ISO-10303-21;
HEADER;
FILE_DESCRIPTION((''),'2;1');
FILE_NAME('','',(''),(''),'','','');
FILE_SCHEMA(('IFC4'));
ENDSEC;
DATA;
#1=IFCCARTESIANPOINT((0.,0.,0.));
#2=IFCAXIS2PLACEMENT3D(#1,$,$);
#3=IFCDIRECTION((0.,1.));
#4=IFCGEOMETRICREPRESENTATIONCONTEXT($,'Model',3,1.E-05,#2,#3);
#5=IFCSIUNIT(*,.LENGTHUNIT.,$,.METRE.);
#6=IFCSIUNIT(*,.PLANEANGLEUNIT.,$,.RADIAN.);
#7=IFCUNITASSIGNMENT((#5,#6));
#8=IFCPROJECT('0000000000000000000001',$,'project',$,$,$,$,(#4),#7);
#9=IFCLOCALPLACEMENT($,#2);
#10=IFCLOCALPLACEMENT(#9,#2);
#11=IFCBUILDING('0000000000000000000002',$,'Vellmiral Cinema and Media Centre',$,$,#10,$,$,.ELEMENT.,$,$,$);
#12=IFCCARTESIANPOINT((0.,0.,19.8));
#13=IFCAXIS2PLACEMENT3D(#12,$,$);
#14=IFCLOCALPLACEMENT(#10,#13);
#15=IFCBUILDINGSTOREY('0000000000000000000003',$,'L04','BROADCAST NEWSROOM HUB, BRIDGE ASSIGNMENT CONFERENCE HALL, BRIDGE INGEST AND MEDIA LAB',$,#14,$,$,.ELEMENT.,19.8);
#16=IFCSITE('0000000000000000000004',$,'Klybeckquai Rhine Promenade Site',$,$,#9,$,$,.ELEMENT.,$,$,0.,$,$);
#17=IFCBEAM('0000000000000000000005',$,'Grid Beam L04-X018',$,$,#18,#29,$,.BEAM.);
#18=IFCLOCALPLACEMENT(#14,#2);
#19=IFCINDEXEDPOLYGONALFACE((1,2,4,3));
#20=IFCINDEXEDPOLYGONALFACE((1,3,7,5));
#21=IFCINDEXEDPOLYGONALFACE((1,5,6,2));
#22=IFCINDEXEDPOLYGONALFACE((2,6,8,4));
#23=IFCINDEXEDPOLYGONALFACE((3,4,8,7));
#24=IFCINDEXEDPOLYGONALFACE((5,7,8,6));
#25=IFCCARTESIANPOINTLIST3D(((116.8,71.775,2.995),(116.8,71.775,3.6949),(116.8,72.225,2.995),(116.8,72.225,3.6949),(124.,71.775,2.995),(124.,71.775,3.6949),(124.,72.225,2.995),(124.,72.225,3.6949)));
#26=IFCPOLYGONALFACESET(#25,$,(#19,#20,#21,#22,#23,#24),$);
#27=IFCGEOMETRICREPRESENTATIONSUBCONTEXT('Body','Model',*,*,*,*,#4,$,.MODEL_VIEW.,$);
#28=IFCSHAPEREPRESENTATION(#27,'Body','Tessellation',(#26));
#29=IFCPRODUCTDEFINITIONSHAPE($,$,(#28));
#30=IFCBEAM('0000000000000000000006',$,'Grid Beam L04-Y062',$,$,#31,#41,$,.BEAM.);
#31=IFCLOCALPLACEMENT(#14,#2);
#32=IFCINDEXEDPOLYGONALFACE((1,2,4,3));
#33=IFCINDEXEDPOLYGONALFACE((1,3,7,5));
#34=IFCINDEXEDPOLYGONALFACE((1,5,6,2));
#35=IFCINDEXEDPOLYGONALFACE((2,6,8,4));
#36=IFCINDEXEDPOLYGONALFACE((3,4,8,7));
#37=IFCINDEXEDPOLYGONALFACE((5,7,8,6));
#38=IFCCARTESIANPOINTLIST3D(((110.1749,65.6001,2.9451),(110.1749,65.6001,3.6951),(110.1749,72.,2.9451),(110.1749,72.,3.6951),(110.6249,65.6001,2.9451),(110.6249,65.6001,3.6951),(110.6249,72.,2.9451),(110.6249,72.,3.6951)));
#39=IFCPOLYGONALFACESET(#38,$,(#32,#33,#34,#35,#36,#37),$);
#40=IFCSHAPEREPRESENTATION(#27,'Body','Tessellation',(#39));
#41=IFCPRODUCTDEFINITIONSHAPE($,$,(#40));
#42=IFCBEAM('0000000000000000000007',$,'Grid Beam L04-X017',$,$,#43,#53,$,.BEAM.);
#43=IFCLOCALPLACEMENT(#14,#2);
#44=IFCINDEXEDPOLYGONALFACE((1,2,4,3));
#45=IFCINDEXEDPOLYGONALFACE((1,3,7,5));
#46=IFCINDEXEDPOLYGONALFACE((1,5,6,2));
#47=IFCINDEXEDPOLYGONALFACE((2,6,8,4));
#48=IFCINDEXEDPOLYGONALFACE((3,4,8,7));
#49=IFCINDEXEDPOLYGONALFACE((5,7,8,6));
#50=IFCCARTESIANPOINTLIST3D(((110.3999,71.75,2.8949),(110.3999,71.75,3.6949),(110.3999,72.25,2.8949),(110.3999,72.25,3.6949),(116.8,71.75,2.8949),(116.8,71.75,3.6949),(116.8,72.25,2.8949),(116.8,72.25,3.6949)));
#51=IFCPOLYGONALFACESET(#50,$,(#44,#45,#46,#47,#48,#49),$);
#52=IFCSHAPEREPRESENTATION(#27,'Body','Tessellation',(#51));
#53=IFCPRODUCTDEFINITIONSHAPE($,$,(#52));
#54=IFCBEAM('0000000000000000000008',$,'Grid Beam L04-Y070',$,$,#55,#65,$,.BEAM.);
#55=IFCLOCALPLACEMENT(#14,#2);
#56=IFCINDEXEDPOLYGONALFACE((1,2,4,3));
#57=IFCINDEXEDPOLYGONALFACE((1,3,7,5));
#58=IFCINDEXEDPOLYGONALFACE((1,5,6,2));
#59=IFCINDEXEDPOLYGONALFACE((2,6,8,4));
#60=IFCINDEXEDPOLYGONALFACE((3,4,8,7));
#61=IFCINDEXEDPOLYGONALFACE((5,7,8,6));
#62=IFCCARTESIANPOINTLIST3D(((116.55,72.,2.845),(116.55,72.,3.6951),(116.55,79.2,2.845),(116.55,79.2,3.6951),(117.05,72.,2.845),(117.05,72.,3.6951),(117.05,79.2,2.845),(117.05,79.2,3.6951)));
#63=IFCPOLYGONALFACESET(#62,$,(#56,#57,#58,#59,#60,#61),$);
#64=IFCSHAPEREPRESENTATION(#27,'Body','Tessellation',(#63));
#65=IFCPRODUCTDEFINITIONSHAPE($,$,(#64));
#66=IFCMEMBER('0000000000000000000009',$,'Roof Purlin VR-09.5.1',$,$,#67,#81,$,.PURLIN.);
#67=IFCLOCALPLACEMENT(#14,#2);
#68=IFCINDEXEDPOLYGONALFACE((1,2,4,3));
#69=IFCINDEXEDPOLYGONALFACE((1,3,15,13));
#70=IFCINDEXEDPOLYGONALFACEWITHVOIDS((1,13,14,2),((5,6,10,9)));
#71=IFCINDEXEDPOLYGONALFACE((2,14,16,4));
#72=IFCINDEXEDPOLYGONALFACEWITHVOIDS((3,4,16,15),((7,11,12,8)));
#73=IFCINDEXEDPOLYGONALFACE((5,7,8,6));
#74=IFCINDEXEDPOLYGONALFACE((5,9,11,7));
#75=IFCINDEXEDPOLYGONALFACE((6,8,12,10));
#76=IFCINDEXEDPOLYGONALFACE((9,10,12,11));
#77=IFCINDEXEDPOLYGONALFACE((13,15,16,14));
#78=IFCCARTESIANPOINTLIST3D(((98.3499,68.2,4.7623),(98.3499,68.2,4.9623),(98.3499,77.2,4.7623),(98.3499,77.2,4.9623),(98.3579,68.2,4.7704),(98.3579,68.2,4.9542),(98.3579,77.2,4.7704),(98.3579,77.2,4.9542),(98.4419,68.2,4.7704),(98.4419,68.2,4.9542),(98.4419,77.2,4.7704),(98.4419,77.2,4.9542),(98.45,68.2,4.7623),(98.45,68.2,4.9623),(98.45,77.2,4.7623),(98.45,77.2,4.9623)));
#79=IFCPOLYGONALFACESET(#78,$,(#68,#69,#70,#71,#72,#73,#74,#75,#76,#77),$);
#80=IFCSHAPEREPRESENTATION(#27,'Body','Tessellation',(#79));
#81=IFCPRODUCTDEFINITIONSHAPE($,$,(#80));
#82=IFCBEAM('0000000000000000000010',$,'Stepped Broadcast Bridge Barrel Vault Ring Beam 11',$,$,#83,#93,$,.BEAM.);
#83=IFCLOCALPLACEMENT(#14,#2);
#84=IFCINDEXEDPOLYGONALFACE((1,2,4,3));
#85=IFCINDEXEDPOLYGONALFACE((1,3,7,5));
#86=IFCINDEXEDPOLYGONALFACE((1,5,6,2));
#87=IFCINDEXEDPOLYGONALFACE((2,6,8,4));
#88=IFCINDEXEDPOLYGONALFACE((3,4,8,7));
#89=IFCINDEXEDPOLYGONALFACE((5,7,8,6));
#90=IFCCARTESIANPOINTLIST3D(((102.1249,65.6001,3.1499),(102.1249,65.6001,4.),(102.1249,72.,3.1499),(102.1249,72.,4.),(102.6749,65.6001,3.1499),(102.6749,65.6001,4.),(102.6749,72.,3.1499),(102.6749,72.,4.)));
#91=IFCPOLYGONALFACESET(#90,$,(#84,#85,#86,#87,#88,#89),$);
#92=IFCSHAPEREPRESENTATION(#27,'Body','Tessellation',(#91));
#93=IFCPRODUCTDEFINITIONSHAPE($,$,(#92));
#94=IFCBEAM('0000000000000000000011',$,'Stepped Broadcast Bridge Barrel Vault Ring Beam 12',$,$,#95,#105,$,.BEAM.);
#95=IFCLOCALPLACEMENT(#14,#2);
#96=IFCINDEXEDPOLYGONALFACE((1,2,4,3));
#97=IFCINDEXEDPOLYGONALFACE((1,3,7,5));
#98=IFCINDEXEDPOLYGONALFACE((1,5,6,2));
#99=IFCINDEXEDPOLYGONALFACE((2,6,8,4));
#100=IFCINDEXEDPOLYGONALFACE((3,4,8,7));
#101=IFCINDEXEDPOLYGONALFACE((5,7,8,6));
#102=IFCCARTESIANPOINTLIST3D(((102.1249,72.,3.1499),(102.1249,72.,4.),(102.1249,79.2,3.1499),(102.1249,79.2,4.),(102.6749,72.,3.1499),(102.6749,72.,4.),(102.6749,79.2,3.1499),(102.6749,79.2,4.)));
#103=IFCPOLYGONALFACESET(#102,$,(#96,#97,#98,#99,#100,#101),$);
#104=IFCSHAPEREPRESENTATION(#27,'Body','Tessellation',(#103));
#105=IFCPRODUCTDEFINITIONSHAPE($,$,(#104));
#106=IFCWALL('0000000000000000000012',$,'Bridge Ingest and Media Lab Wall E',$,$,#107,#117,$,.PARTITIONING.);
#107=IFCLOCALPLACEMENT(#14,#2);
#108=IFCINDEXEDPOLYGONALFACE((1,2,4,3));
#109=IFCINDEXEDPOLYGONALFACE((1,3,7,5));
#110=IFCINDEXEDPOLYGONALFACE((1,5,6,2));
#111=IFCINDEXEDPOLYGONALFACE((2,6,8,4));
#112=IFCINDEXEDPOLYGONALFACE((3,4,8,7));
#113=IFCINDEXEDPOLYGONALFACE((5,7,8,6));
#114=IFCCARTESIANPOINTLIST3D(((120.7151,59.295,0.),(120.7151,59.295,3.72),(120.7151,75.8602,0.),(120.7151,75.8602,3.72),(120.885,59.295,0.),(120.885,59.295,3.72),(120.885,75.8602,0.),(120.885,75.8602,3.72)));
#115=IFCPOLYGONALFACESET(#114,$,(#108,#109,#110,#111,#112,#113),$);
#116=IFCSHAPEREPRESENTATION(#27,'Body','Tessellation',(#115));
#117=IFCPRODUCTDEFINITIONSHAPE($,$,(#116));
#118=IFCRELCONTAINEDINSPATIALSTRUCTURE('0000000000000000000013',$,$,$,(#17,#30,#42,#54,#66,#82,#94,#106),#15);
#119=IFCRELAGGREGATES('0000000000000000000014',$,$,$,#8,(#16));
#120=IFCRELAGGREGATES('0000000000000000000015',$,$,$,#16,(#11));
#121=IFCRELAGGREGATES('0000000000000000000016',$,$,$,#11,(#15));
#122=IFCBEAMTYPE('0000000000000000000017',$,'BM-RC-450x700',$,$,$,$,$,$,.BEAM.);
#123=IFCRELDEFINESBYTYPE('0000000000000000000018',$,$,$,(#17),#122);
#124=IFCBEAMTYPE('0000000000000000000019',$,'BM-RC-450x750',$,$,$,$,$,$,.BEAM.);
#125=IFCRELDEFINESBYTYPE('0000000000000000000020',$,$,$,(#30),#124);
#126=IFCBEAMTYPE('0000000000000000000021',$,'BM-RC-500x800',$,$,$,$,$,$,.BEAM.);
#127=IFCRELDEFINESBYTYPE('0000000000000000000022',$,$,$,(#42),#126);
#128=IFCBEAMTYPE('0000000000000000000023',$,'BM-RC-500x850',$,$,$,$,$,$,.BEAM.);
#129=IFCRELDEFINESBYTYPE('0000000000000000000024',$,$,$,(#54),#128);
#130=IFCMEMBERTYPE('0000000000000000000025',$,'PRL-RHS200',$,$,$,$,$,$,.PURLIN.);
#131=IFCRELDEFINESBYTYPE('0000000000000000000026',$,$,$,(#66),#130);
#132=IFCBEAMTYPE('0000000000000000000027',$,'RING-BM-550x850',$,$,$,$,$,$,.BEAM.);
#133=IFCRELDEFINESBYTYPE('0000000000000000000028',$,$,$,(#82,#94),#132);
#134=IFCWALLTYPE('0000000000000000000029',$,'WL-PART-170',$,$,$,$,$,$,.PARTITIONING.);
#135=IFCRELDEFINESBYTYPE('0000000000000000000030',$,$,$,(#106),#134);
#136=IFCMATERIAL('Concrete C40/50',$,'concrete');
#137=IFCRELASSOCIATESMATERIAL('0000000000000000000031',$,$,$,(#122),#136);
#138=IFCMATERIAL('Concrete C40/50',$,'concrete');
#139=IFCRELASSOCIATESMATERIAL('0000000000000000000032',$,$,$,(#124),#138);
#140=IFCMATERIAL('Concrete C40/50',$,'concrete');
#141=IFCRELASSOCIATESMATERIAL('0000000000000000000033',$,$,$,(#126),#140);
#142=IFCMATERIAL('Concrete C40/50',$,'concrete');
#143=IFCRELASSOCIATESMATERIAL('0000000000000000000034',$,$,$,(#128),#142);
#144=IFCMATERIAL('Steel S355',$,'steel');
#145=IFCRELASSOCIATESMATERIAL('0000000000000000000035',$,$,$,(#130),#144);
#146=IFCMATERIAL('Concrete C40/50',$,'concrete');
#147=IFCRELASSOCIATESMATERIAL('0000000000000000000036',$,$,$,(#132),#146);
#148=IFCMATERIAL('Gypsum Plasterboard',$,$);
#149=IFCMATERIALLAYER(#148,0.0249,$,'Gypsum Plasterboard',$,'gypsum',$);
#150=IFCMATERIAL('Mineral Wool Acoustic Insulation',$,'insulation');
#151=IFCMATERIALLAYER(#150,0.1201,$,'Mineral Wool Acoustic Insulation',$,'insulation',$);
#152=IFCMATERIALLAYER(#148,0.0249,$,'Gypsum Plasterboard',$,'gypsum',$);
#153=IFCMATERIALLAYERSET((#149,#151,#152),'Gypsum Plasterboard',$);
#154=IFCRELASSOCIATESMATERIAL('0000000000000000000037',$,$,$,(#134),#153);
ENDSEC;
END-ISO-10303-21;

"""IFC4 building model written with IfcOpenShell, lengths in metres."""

from ifc_helpers import new_model, si_unit, direction, frame, frame_2d, origin, origin_2d, place, context, subcontext, project, spatial, rectangle, hollow_rectangle, extrude, material, layer, layer_set, material_profile, profile_set, type_object, element, save


model = new_model("IFC4")

# Units and contexts
model_context = context("Model", 3, precision=1e-05, world=origin(), true_north=direction((0.0, 1.0)))
body_context = subcontext(model_context, "Body", "Model", "MODEL_VIEW")
ifc_project = project(units=[si_unit("LENGTHUNIT", "METRE"), si_unit("PLANEANGLEUNIT", "RADIAN")], contexts=[model_context])

# Site, building, storey
site_placement = place(None, origin())
site = spatial("IfcSite", under=ifc_project, at=site_placement, Name="Klybeckquai Rhine Promenade Site", CompositionType="ELEMENT", RefElevation=0.0)
building_placement = place(site_placement, origin())
building = spatial("IfcBuilding", under=site, at=building_placement, Name="Vellmiral Cinema and Media Centre", CompositionType="ELEMENT")
storey_placement = place(building_placement, frame((0.0, 0.0, 19.8)))
storey = spatial("IfcBuildingStorey", under=building, at=storey_placement, Name="L04", Description="BROADCAST NEWSROOM HUB, BRIDGE ASSIGNMENT CONFERENCE HALL, BRIDGE INGEST AND MEDIA LAB", CompositionType="ELEMENT", Elevation=19.8)

# Beams
ifc_material_1 = material(Name="Concrete C40/50", Category="concrete")
ifc_material_profile_1 = material_profile(ifc_material_1, rectangle(XDim=0.45, YDim=0.7, at=origin_2d()), Name="RC 450x700")
ifc_profile_set_1 = profile_set([ifc_material_profile_1], Name="Concrete C40/50")
beam_type_1 = type_object("IfcBeamType", Name="BM-RC-450x700", PredefinedType="BEAM", material=ifc_profile_set_1)
beam_1_placement = place(storey_placement, frame((116.8, 72.0, 3.345), z_axis=(1.0, 0.0, 0.0), x_axis=(0.0, 1.0, 0.0)))
element("IfcBeam", 1, at=beam_1_placement, inside=storey, type_object=beam_type_1, Name="Grid Beam L04-X018", PredefinedType="BEAM", context=body_context, shape_type="SweptSolid", body=[
    extrude(rectangle(XDim=0.45, YDim=0.7, at=origin_2d()), origin(), (0.0, 0.0, 1.0), 7.2),
])
ifc_material_2 = material(Name="Concrete C40/50", Category="concrete")
ifc_material_profile_2 = material_profile(ifc_material_2, rectangle(XDim=0.45, YDim=0.75, at=origin_2d()), Name="RC 450x750")
ifc_profile_set_2 = profile_set([ifc_material_profile_2], Name="Concrete C40/50")
beam_type_2 = type_object("IfcBeamType", Name="BM-RC-450x750", PredefinedType="BEAM", material=ifc_profile_set_2)
beam_2_placement = place(storey_placement, frame((110.3999, 65.6001, 3.3201), z_axis=(0.0, 1.0, 0.0), x_axis=(-1.0, 0.0, 0.0)))
element("IfcBeam", 2, at=beam_2_placement, inside=storey, type_object=beam_type_2, Name="Grid Beam L04-Y062", PredefinedType="BEAM", context=body_context, shape_type="SweptSolid", body=[
    extrude(rectangle(XDim=0.45, YDim=0.75, at=origin_2d()), origin(), (0.0, 0.0, 1.0), 6.3999),
])
ifc_material_3 = material(Name="Concrete C40/50", Category="concrete")
ifc_material_profile_3 = material_profile(ifc_material_3, rectangle(XDim=0.5, YDim=0.8, at=origin_2d()), Name="RC 500x800")
ifc_profile_set_3 = profile_set([ifc_material_profile_3], Name="Concrete C40/50")
beam_type_3 = type_object("IfcBeamType", Name="BM-RC-500x800", PredefinedType="BEAM", material=ifc_profile_set_3)
beam_3_placement = place(storey_placement, frame((110.3999, 72.0, 3.2949), z_axis=(1.0, 0.0, 0.0), x_axis=(0.0, 1.0, 0.0)))
element("IfcBeam", 3, at=beam_3_placement, inside=storey, type_object=beam_type_3, Name="Grid Beam L04-X017", PredefinedType="BEAM", context=body_context, shape_type="SweptSolid", body=[
    extrude(rectangle(XDim=0.5, YDim=0.8, at=origin_2d()), origin(), (0.0, 0.0, 1.0), 6.4001),
])
ifc_material_4 = material(Name="Concrete C40/50", Category="concrete")
ifc_material_profile_4 = material_profile(ifc_material_4, rectangle(XDim=0.5, YDim=0.8501, at=origin_2d()), Name="RC 500x850")
ifc_profile_set_4 = profile_set([ifc_material_profile_4], Name="Concrete C40/50")
beam_type_4 = type_object("IfcBeamType", Name="BM-RC-500x850", PredefinedType="BEAM", material=ifc_profile_set_4)
beam_4_placement = place(storey_placement, frame((116.8, 72.0, 3.27), z_axis=(0.0, 1.0, 0.0), x_axis=(-1.0, 0.0, 0.0)))
element("IfcBeam", 4, at=beam_4_placement, inside=storey, type_object=beam_type_4, Name="Grid Beam L04-Y070", PredefinedType="BEAM", context=body_context, shape_type="SweptSolid", body=[
    extrude(rectangle(XDim=0.5, YDim=0.8501, at=origin_2d()), origin(), (0.0, 0.0, 1.0), 7.2),
])

# Member
ifc_material_5 = material(Name="Steel S355", Category="steel")
ifc_material_profile_5 = material_profile(ifc_material_5, hollow_rectangle(XDim=0.1001, YDim=0.2, WallThickness=0.0081, at=origin_2d()), Name="RHS 200x100x8.0")
ifc_profile_set_5 = profile_set([ifc_material_profile_5], Name="Steel S355")
member_type = type_object("IfcMemberType", Name="PRL-RHS200", PredefinedType="PURLIN", material=ifc_profile_set_5)
member_placement = place(storey_placement, frame((98.3999, 68.2, 4.8623), z_axis=(0.0, 1.0, 0.0), x_axis=(-1.0, 0.0, 0.0)))
element("IfcMember", 5, at=member_placement, inside=storey, type_object=member_type, Name="Roof Purlin VR-09.5.1", PredefinedType="PURLIN", context=body_context, shape_type="SweptSolid", body=[
    extrude(hollow_rectangle(XDim=0.1001, YDim=0.2, WallThickness=0.0081, at=origin_2d()), origin(), (0.0, 0.0, 1.0), 9.0),
])

# Beams
ifc_material_6 = material(Name="Concrete C40/50", Category="concrete")
ifc_material_profile_6 = material_profile(ifc_material_6, rectangle(XDim=0.55, YDim=0.8501, at=origin_2d()), Name="RC 550x850")
ifc_profile_set_6 = profile_set([ifc_material_profile_6], Name="Concrete C40/50")
beam_type_5 = type_object("IfcBeamType", Name="RING-BM-550x850", PredefinedType="BEAM", material=ifc_profile_set_6)
beam_5_placement = place(storey_placement, frame((102.3999, 65.6001, 3.575), z_axis=(0.0, 1.0, 0.0), x_axis=(-1.0, 0.0, 0.0)))
element("IfcBeam", 6, at=beam_5_placement, inside=storey, type_object=beam_type_5, Name="Stepped Broadcast Bridge Barrel Vault Ring Beam 11", PredefinedType="BEAM", context=body_context, shape_type="SweptSolid", body=[
    extrude(rectangle(XDim=0.55, YDim=0.8501, at=origin_2d()), origin(), (0.0, 0.0, 1.0), 6.3999),
])
beam_6_placement = place(storey_placement, frame((102.3999, 72.0, 3.575), z_axis=(0.0, 1.0, 0.0), x_axis=(-1.0, 0.0, 0.0)))
element("IfcBeam", 7, at=beam_6_placement, inside=storey, type_object=beam_type_5, Name="Stepped Broadcast Bridge Barrel Vault Ring Beam 12", PredefinedType="BEAM", context=body_context, shape_type="SweptSolid", body=[
    extrude(rectangle(XDim=0.55, YDim=0.8501, at=origin_2d()), origin(), (0.0, 0.0, 1.0), 7.2),
])

# Wall
ifc_material_7 = material(Name="Gypsum Plasterboard")
ifc_layer_1 = layer(ifc_material_7, 0.0249, Name="Gypsum Plasterboard", Category="gypsum")
ifc_material_8 = material(Name="Mineral Wool Acoustic Insulation", Category="insulation")
ifc_layer_2 = layer(ifc_material_8, 0.1201, Name="Mineral Wool Acoustic Insulation", Category="insulation")
ifc_layer_3 = layer(ifc_material_7, 0.0249, Name="Gypsum Plasterboard", Category="gypsum")
ifc_layer_set = layer_set([ifc_layer_1, ifc_layer_2, ifc_layer_3], Name="Gypsum Plasterboard")
wall_type = type_object("IfcWallType", Name="WL-PART-170", PredefinedType="PARTITIONING", material=ifc_layer_set)
wall_placement = place(storey_placement, frame((120.8, 59.2949, 0.0), z_axis=(0.0, 0.0, 1.0), x_axis=(0.0, 1.0, 0.0)))
element("IfcWall", 8, at=wall_placement, inside=storey, type_object=wall_type, Name="Bridge Ingest and Media Lab Wall E", PredefinedType="PARTITIONING", context=body_context, shape_type="SweptSolid", body=[
    extrude(rectangle(XDim=16.5652, YDim=0.1699, at=frame_2d((8.2827, 0.0))), origin(), (0.0, 0.0, 1.0), 3.72),
])

save(model, "model.ifc")
